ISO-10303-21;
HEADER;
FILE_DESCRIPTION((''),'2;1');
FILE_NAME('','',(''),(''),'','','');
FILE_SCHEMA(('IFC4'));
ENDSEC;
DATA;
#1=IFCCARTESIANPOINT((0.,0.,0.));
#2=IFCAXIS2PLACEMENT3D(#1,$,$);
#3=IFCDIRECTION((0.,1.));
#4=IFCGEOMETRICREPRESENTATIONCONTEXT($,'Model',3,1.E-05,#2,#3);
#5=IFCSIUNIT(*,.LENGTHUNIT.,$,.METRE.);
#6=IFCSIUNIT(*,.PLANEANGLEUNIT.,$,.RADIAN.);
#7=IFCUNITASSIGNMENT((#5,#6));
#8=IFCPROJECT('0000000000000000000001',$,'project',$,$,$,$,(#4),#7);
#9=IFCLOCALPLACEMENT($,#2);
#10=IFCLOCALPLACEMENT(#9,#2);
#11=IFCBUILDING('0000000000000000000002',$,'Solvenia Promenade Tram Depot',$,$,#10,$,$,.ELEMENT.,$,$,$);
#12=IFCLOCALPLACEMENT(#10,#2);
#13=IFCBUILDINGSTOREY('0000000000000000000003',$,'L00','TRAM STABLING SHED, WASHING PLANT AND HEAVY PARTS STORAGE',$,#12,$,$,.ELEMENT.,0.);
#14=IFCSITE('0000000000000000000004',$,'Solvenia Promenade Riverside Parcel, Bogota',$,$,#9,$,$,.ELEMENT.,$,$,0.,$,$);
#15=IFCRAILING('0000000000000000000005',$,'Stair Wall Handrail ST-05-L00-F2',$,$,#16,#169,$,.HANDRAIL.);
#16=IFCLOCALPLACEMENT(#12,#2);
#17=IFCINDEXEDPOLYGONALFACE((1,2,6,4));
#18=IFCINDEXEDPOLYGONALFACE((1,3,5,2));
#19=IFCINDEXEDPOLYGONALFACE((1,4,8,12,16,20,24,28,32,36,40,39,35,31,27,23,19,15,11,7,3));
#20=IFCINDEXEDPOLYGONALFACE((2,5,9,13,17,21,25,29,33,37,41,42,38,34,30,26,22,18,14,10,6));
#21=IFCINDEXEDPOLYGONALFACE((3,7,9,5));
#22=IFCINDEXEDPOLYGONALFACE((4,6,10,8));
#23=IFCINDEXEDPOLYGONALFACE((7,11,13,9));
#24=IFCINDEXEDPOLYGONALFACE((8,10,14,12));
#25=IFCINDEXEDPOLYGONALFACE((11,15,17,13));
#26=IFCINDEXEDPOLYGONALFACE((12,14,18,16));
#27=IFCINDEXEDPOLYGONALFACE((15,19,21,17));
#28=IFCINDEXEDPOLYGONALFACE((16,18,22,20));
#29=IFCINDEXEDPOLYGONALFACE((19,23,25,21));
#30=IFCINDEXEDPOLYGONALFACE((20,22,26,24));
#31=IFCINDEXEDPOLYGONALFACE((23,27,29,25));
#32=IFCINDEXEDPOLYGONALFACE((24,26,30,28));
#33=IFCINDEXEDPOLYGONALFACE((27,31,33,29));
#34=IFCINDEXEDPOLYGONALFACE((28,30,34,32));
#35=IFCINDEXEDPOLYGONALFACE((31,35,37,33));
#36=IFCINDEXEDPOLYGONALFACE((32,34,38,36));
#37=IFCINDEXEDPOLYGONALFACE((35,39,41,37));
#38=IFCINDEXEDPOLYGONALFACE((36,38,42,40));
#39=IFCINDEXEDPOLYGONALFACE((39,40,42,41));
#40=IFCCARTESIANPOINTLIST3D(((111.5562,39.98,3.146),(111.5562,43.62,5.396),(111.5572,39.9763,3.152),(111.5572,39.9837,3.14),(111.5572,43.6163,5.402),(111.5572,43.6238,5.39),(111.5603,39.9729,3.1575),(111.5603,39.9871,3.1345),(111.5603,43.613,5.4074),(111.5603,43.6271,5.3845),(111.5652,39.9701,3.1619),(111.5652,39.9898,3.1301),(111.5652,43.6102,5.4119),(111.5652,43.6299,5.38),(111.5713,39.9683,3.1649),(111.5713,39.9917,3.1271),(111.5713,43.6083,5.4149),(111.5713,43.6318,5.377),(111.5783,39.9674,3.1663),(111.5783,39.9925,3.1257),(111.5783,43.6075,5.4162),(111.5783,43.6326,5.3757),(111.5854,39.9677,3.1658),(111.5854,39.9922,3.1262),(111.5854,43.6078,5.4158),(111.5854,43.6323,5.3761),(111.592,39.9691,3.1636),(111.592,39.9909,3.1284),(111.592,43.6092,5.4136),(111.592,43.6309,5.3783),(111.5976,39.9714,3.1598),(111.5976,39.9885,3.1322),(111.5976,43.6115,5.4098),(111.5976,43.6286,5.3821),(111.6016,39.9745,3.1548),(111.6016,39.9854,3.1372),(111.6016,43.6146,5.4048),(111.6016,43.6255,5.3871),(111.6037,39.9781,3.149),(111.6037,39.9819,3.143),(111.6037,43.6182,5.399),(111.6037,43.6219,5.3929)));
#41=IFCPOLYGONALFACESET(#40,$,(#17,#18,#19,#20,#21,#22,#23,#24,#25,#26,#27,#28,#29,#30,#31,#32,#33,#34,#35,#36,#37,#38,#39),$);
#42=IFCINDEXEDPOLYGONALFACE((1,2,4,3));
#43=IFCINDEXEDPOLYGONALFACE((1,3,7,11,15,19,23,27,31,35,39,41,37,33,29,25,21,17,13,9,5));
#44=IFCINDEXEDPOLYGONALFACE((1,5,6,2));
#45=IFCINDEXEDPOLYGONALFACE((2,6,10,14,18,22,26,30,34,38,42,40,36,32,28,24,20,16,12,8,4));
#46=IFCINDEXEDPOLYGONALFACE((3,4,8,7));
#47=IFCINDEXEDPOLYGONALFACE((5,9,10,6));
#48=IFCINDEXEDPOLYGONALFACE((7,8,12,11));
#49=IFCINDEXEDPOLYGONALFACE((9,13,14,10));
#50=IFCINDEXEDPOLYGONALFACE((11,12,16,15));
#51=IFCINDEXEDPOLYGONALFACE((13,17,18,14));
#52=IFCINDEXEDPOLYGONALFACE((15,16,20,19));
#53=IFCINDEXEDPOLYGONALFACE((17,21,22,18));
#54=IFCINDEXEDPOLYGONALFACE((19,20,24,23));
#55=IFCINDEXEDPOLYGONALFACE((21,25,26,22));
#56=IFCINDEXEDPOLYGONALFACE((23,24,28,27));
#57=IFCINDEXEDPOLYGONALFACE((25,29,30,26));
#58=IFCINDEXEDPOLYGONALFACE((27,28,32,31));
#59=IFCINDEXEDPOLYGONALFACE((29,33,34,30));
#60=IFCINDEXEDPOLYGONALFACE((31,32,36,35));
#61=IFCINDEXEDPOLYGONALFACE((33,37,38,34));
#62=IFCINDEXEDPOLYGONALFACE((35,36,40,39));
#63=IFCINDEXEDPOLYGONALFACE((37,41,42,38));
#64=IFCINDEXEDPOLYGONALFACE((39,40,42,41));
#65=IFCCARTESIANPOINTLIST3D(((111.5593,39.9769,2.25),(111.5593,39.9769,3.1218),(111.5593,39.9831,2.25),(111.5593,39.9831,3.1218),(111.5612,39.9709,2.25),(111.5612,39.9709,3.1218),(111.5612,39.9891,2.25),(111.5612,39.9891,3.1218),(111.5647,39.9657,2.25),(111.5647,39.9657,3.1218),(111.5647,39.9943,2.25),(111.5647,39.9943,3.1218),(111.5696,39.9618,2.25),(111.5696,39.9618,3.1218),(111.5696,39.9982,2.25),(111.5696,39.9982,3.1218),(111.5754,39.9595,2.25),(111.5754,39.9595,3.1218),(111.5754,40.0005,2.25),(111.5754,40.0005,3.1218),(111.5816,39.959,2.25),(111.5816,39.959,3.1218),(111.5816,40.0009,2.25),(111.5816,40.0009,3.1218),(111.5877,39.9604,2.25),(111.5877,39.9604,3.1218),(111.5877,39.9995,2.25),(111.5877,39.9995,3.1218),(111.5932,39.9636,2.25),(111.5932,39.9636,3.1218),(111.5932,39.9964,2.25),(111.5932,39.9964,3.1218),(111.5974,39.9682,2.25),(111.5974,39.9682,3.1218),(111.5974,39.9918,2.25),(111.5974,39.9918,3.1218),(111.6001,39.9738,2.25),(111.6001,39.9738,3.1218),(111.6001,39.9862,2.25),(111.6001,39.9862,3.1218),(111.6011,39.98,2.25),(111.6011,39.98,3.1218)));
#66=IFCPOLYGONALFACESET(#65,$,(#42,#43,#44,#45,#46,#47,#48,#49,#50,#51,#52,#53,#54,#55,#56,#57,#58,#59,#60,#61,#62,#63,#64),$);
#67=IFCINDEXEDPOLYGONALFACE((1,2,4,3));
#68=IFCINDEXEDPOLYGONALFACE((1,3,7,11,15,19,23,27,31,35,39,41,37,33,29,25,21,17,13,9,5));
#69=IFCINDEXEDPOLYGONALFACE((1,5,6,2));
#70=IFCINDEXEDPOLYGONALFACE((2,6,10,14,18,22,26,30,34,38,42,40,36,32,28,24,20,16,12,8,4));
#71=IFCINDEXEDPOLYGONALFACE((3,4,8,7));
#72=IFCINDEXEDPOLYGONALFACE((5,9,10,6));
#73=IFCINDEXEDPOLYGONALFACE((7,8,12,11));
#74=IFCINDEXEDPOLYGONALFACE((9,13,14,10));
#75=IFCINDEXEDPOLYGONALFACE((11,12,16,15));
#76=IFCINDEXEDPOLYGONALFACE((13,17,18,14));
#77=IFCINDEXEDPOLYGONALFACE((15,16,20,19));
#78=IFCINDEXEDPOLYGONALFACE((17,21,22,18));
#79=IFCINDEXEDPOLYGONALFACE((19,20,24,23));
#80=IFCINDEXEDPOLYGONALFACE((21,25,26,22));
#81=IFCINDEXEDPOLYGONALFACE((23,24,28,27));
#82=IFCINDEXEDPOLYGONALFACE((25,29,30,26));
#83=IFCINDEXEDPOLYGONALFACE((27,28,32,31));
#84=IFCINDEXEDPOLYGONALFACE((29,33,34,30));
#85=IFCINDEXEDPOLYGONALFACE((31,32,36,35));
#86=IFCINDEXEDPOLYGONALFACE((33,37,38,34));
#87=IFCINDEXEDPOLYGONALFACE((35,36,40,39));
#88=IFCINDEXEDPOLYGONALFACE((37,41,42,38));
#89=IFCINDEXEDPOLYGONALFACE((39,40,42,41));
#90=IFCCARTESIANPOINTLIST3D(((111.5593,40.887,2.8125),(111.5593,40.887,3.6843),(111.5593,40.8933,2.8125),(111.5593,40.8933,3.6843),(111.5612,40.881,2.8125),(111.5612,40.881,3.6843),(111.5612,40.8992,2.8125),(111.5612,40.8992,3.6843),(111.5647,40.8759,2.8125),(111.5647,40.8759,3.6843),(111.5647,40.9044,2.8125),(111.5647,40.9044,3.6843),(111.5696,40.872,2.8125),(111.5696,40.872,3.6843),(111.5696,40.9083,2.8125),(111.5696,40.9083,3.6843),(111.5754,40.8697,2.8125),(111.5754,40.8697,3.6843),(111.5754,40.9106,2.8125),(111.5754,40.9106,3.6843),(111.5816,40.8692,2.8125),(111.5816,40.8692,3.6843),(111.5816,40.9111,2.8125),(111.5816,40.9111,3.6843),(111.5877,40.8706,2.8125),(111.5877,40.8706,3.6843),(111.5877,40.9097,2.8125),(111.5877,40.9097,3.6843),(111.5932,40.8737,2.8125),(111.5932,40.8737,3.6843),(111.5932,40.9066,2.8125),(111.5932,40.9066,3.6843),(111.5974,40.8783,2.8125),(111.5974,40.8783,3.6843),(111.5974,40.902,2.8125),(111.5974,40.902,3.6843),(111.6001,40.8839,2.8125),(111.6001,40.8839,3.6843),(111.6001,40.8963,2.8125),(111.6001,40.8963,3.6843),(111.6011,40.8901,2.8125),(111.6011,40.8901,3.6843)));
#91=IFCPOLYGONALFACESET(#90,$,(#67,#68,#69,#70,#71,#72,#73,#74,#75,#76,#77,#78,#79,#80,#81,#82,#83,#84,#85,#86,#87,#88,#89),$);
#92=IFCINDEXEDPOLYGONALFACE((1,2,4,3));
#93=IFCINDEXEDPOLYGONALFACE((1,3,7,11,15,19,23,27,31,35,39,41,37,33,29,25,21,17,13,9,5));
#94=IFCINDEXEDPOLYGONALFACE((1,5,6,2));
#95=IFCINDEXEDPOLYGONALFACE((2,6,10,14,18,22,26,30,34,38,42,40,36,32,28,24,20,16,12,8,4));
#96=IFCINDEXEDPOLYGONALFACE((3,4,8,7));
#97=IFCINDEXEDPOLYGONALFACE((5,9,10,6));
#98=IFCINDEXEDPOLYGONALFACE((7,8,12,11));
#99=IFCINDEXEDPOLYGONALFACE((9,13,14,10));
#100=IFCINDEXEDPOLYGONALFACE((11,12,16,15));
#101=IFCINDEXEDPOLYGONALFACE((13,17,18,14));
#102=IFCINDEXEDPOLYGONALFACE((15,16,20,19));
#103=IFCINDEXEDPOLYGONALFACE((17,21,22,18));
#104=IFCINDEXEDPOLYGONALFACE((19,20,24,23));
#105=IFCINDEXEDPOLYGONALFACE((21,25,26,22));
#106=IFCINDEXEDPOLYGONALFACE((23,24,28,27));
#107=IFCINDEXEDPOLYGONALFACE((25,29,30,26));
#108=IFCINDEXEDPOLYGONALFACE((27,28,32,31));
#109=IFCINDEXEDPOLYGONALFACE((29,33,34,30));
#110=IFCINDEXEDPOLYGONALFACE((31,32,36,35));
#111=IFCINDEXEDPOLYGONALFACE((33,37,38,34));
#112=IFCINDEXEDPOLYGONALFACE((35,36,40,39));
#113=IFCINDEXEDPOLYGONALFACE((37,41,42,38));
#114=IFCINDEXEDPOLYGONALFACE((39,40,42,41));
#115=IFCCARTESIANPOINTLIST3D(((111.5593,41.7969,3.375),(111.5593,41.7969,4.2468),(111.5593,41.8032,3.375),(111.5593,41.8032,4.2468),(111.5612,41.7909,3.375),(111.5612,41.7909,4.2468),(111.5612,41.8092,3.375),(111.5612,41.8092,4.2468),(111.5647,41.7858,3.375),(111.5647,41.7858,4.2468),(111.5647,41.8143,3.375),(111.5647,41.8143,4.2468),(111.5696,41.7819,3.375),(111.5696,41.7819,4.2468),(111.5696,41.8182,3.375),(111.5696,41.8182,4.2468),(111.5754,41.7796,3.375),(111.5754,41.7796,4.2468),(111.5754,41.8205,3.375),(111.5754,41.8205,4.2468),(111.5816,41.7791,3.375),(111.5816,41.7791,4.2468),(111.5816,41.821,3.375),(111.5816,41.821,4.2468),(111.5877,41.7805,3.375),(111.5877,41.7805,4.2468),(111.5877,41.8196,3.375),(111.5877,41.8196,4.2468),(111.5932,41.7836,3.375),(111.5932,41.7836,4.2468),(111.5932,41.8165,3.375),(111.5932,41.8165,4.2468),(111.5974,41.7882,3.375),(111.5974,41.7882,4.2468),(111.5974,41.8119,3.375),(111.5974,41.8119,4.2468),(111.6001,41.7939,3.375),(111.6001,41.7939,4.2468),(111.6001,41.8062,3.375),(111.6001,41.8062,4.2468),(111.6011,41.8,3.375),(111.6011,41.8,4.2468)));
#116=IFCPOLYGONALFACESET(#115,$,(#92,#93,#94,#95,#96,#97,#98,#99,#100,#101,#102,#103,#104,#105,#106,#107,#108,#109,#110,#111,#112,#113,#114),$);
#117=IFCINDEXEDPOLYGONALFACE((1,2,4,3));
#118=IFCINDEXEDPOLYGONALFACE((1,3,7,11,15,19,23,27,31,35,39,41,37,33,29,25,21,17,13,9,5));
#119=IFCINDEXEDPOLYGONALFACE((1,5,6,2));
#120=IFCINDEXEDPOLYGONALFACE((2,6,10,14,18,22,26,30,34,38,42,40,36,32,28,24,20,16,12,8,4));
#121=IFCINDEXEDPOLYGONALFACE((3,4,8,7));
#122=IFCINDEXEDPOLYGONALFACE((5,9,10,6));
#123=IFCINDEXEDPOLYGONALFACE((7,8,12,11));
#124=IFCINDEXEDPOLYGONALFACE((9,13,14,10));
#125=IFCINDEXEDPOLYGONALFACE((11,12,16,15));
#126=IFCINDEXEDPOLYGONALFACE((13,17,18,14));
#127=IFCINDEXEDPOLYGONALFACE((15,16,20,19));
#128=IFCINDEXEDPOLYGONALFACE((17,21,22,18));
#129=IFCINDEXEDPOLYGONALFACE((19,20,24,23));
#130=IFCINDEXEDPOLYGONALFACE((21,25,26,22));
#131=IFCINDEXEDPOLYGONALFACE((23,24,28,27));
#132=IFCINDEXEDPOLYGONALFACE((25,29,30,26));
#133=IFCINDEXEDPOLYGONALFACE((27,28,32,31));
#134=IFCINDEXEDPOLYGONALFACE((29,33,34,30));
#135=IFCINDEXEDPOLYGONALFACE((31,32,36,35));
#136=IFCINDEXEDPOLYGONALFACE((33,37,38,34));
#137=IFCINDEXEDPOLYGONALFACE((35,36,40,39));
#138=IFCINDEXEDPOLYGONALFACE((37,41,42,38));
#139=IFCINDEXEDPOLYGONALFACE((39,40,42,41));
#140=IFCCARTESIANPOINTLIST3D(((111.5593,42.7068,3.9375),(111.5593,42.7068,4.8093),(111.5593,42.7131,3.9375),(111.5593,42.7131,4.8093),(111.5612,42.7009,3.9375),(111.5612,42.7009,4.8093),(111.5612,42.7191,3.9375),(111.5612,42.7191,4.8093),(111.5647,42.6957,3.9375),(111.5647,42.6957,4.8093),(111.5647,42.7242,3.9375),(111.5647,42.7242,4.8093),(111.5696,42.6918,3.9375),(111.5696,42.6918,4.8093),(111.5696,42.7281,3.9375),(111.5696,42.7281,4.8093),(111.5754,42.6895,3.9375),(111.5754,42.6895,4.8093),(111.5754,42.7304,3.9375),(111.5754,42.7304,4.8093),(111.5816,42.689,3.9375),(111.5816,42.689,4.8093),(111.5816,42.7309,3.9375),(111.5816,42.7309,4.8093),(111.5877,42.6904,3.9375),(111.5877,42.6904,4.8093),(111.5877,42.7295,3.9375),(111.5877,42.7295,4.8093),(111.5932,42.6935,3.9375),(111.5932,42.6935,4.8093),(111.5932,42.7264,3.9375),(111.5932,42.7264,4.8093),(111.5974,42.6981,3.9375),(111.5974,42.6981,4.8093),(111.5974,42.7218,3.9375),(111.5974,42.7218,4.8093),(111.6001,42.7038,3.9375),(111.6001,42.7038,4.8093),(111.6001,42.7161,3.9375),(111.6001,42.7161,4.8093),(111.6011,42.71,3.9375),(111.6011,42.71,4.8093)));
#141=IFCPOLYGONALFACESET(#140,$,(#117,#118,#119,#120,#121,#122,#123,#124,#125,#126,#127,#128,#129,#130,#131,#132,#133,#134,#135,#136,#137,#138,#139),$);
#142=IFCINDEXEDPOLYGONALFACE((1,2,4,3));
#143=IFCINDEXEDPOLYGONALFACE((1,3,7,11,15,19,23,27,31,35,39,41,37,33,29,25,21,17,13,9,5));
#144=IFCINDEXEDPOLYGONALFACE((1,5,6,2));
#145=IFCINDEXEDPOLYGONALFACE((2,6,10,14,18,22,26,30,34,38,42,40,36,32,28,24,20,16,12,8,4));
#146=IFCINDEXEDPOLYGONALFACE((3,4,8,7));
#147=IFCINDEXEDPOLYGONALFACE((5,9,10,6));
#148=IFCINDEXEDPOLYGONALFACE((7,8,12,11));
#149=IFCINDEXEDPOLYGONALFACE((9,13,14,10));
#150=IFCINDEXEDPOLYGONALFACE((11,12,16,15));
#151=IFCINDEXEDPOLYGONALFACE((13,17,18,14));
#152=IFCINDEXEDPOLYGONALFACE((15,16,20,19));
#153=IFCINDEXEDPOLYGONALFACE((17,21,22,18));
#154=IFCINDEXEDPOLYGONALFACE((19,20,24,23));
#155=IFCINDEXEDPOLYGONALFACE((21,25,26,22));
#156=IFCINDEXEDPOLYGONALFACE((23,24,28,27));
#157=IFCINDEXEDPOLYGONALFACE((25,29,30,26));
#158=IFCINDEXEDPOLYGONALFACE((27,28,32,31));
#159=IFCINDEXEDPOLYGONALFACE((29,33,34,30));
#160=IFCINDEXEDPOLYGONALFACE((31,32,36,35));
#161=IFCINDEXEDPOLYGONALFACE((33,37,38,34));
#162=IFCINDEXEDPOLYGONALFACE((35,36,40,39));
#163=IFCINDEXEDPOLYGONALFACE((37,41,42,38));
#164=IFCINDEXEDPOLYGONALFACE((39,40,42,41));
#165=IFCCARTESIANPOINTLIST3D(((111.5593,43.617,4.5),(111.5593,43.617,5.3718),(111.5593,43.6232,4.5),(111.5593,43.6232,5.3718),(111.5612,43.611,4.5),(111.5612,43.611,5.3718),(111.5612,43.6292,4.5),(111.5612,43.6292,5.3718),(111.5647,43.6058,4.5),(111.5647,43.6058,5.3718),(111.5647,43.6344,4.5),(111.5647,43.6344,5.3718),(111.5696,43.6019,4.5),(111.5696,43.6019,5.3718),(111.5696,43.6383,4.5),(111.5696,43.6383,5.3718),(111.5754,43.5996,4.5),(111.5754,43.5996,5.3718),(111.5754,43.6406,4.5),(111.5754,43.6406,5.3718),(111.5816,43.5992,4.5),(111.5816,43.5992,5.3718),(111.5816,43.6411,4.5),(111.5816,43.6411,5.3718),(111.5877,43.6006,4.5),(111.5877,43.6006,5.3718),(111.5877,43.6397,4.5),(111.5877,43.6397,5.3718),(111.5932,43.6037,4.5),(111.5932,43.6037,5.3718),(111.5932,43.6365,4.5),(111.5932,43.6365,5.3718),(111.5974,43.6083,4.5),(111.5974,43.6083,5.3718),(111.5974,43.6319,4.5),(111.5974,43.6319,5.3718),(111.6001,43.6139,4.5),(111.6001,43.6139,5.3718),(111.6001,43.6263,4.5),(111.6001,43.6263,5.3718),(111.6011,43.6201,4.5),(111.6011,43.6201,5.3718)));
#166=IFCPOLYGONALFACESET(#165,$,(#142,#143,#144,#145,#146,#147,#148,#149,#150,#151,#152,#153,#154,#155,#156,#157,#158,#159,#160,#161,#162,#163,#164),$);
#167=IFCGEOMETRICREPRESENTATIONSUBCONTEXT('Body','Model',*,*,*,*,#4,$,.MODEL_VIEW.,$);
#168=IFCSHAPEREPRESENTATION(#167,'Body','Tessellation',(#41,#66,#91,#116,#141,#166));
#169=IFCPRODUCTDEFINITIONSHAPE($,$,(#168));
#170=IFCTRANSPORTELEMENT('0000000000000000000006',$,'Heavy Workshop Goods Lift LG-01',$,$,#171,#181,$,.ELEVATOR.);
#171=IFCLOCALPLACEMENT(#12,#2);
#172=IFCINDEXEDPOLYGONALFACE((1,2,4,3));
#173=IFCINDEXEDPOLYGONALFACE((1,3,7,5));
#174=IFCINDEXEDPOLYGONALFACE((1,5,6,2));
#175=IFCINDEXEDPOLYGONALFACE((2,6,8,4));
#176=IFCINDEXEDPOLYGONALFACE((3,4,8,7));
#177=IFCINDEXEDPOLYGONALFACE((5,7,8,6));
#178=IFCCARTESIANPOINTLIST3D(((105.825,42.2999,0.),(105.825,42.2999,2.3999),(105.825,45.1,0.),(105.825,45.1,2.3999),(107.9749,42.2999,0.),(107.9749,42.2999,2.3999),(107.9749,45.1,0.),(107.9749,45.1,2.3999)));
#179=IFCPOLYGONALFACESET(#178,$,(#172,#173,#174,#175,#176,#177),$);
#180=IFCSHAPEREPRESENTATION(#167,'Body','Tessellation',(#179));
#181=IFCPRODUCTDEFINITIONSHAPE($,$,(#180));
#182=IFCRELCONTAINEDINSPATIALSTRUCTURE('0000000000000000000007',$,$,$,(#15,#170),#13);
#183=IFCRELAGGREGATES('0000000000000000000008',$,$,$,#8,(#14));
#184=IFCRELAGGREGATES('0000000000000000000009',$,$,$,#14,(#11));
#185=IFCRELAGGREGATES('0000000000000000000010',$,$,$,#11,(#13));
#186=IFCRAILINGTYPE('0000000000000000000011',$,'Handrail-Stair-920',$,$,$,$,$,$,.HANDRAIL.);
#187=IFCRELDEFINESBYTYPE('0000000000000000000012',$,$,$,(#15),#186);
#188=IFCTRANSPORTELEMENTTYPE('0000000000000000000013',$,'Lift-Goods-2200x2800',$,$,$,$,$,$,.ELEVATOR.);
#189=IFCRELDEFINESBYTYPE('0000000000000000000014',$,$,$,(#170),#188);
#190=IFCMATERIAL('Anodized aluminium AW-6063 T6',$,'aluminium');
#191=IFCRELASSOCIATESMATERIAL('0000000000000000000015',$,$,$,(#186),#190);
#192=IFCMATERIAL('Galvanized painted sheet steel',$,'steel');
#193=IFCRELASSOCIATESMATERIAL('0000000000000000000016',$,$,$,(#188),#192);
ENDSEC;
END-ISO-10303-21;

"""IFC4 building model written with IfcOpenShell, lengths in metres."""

from ifc_helpers import new_model, si_unit, direction, frame, origin, origin_2d, place, context, subcontext, project, spatial, rectangle, circle, extrude, material, type_object, element, save


model = new_model("IFC4")

# Units and contexts
model_context = context("Model", 3, precision=1e-05, world=origin(), true_north=direction((0.0, 1.0)))
body_context = subcontext(model_context, "Body", "Model", "MODEL_VIEW")
ifc_project = project(units=[si_unit("LENGTHUNIT", "METRE"), si_unit("PLANEANGLEUNIT", "RADIAN")], contexts=[model_context])

# Site, building, storey
site_placement = place(None, origin())
site = spatial("IfcSite", under=ifc_project, at=site_placement, Name="Solvenia Promenade Riverside Parcel, Bogota", CompositionType="ELEMENT", RefElevation=0.0)
building_placement = place(site_placement, origin())
building = spatial("IfcBuilding", under=site, at=building_placement, Name="Solvenia Promenade Tram Depot", CompositionType="ELEMENT")
storey_placement = place(building_placement, origin())
storey = spatial("IfcBuildingStorey", under=building, at=storey_placement, Name="L00", Description="TRAM STABLING SHED, WASHING PLANT AND HEAVY PARTS STORAGE", CompositionType="ELEMENT", Elevation=0.0)

# Shared definitions
ifc_material_1 = material(Name="Galvanized painted sheet steel", Category="steel")

# Railing
ifc_material_2 = material(Name="Anodized aluminium AW-6063 T6", Category="aluminium")
railing_type_1 = type_object("IfcRailingType", Name="Handrail-Stair-920", PredefinedType="HANDRAIL", material=ifc_material_2)
railing_1_placement = place(storey_placement, frame((111.5801, 39.98, 2.25)))
element("IfcRailing", 1, at=railing_1_placement, inside=storey, type_object=railing_type_1, Name="Stair Wall Handrail ST-05-L00-F2", PredefinedType="HANDRAIL", context=body_context, shape_type="SweptSolid", body=[
    extrude(circle(Radius=0.0239, at=origin_2d()), frame((0.0, 0.0, 0.896), z_axis=(0.0, 0.850622, 0.525777), x_axis=(-1.0, 0.0, 0.0)), (0.0, 0.0, 1.0), 4.2793),
    extrude(circle(Radius=0.021, at=origin_2d()), origin(), (0.0, 0.0, 1.0), 0.8718),
    extrude(circle(Radius=0.021, at=origin_2d()), frame((0.0, 0.9102, 0.5625)), (0.0, 0.0, 1.0), 0.8718),
    extrude(circle(Radius=0.021, at=origin_2d()), frame((0.0, 1.8201, 1.125)), (0.0, 0.0, 1.0), 0.8718),
    extrude(circle(Radius=0.021, at=origin_2d()), frame((0.0, 2.73, 1.6875)), (0.0, 0.0, 1.0), 0.8718),
    extrude(circle(Radius=0.021, at=origin_2d()), frame((0.0, 3.6401, 2.25)), (0.0, 0.0, 1.0), 0.8718),
])

# Transport element
transport_element_type = type_object("IfcTransportElementType", Name="Lift-Goods-2200x2800", PredefinedType="ELEVATOR", material=ifc_material_1)
transport_element_placement = place(storey_placement, frame((106.8999, 43.7, 0.0), z_axis=(0.0, 0.0, 1.0), x_axis=(1.0, 0.0, 0.0)))
element("IfcTransportElement", 2, at=transport_element_placement, inside=storey, type_object=transport_element_type, Name="Heavy Workshop Goods Lift LG-01", PredefinedType="ELEVATOR", context=body_context, shape_type="SweptSolid", body=[
    extrude(rectangle(XDim=2.1499, YDim=2.8, at=origin_2d()), origin(), (0.0, 0.0, 1.0), 2.3999),
])

save(model, "model.ifc")
